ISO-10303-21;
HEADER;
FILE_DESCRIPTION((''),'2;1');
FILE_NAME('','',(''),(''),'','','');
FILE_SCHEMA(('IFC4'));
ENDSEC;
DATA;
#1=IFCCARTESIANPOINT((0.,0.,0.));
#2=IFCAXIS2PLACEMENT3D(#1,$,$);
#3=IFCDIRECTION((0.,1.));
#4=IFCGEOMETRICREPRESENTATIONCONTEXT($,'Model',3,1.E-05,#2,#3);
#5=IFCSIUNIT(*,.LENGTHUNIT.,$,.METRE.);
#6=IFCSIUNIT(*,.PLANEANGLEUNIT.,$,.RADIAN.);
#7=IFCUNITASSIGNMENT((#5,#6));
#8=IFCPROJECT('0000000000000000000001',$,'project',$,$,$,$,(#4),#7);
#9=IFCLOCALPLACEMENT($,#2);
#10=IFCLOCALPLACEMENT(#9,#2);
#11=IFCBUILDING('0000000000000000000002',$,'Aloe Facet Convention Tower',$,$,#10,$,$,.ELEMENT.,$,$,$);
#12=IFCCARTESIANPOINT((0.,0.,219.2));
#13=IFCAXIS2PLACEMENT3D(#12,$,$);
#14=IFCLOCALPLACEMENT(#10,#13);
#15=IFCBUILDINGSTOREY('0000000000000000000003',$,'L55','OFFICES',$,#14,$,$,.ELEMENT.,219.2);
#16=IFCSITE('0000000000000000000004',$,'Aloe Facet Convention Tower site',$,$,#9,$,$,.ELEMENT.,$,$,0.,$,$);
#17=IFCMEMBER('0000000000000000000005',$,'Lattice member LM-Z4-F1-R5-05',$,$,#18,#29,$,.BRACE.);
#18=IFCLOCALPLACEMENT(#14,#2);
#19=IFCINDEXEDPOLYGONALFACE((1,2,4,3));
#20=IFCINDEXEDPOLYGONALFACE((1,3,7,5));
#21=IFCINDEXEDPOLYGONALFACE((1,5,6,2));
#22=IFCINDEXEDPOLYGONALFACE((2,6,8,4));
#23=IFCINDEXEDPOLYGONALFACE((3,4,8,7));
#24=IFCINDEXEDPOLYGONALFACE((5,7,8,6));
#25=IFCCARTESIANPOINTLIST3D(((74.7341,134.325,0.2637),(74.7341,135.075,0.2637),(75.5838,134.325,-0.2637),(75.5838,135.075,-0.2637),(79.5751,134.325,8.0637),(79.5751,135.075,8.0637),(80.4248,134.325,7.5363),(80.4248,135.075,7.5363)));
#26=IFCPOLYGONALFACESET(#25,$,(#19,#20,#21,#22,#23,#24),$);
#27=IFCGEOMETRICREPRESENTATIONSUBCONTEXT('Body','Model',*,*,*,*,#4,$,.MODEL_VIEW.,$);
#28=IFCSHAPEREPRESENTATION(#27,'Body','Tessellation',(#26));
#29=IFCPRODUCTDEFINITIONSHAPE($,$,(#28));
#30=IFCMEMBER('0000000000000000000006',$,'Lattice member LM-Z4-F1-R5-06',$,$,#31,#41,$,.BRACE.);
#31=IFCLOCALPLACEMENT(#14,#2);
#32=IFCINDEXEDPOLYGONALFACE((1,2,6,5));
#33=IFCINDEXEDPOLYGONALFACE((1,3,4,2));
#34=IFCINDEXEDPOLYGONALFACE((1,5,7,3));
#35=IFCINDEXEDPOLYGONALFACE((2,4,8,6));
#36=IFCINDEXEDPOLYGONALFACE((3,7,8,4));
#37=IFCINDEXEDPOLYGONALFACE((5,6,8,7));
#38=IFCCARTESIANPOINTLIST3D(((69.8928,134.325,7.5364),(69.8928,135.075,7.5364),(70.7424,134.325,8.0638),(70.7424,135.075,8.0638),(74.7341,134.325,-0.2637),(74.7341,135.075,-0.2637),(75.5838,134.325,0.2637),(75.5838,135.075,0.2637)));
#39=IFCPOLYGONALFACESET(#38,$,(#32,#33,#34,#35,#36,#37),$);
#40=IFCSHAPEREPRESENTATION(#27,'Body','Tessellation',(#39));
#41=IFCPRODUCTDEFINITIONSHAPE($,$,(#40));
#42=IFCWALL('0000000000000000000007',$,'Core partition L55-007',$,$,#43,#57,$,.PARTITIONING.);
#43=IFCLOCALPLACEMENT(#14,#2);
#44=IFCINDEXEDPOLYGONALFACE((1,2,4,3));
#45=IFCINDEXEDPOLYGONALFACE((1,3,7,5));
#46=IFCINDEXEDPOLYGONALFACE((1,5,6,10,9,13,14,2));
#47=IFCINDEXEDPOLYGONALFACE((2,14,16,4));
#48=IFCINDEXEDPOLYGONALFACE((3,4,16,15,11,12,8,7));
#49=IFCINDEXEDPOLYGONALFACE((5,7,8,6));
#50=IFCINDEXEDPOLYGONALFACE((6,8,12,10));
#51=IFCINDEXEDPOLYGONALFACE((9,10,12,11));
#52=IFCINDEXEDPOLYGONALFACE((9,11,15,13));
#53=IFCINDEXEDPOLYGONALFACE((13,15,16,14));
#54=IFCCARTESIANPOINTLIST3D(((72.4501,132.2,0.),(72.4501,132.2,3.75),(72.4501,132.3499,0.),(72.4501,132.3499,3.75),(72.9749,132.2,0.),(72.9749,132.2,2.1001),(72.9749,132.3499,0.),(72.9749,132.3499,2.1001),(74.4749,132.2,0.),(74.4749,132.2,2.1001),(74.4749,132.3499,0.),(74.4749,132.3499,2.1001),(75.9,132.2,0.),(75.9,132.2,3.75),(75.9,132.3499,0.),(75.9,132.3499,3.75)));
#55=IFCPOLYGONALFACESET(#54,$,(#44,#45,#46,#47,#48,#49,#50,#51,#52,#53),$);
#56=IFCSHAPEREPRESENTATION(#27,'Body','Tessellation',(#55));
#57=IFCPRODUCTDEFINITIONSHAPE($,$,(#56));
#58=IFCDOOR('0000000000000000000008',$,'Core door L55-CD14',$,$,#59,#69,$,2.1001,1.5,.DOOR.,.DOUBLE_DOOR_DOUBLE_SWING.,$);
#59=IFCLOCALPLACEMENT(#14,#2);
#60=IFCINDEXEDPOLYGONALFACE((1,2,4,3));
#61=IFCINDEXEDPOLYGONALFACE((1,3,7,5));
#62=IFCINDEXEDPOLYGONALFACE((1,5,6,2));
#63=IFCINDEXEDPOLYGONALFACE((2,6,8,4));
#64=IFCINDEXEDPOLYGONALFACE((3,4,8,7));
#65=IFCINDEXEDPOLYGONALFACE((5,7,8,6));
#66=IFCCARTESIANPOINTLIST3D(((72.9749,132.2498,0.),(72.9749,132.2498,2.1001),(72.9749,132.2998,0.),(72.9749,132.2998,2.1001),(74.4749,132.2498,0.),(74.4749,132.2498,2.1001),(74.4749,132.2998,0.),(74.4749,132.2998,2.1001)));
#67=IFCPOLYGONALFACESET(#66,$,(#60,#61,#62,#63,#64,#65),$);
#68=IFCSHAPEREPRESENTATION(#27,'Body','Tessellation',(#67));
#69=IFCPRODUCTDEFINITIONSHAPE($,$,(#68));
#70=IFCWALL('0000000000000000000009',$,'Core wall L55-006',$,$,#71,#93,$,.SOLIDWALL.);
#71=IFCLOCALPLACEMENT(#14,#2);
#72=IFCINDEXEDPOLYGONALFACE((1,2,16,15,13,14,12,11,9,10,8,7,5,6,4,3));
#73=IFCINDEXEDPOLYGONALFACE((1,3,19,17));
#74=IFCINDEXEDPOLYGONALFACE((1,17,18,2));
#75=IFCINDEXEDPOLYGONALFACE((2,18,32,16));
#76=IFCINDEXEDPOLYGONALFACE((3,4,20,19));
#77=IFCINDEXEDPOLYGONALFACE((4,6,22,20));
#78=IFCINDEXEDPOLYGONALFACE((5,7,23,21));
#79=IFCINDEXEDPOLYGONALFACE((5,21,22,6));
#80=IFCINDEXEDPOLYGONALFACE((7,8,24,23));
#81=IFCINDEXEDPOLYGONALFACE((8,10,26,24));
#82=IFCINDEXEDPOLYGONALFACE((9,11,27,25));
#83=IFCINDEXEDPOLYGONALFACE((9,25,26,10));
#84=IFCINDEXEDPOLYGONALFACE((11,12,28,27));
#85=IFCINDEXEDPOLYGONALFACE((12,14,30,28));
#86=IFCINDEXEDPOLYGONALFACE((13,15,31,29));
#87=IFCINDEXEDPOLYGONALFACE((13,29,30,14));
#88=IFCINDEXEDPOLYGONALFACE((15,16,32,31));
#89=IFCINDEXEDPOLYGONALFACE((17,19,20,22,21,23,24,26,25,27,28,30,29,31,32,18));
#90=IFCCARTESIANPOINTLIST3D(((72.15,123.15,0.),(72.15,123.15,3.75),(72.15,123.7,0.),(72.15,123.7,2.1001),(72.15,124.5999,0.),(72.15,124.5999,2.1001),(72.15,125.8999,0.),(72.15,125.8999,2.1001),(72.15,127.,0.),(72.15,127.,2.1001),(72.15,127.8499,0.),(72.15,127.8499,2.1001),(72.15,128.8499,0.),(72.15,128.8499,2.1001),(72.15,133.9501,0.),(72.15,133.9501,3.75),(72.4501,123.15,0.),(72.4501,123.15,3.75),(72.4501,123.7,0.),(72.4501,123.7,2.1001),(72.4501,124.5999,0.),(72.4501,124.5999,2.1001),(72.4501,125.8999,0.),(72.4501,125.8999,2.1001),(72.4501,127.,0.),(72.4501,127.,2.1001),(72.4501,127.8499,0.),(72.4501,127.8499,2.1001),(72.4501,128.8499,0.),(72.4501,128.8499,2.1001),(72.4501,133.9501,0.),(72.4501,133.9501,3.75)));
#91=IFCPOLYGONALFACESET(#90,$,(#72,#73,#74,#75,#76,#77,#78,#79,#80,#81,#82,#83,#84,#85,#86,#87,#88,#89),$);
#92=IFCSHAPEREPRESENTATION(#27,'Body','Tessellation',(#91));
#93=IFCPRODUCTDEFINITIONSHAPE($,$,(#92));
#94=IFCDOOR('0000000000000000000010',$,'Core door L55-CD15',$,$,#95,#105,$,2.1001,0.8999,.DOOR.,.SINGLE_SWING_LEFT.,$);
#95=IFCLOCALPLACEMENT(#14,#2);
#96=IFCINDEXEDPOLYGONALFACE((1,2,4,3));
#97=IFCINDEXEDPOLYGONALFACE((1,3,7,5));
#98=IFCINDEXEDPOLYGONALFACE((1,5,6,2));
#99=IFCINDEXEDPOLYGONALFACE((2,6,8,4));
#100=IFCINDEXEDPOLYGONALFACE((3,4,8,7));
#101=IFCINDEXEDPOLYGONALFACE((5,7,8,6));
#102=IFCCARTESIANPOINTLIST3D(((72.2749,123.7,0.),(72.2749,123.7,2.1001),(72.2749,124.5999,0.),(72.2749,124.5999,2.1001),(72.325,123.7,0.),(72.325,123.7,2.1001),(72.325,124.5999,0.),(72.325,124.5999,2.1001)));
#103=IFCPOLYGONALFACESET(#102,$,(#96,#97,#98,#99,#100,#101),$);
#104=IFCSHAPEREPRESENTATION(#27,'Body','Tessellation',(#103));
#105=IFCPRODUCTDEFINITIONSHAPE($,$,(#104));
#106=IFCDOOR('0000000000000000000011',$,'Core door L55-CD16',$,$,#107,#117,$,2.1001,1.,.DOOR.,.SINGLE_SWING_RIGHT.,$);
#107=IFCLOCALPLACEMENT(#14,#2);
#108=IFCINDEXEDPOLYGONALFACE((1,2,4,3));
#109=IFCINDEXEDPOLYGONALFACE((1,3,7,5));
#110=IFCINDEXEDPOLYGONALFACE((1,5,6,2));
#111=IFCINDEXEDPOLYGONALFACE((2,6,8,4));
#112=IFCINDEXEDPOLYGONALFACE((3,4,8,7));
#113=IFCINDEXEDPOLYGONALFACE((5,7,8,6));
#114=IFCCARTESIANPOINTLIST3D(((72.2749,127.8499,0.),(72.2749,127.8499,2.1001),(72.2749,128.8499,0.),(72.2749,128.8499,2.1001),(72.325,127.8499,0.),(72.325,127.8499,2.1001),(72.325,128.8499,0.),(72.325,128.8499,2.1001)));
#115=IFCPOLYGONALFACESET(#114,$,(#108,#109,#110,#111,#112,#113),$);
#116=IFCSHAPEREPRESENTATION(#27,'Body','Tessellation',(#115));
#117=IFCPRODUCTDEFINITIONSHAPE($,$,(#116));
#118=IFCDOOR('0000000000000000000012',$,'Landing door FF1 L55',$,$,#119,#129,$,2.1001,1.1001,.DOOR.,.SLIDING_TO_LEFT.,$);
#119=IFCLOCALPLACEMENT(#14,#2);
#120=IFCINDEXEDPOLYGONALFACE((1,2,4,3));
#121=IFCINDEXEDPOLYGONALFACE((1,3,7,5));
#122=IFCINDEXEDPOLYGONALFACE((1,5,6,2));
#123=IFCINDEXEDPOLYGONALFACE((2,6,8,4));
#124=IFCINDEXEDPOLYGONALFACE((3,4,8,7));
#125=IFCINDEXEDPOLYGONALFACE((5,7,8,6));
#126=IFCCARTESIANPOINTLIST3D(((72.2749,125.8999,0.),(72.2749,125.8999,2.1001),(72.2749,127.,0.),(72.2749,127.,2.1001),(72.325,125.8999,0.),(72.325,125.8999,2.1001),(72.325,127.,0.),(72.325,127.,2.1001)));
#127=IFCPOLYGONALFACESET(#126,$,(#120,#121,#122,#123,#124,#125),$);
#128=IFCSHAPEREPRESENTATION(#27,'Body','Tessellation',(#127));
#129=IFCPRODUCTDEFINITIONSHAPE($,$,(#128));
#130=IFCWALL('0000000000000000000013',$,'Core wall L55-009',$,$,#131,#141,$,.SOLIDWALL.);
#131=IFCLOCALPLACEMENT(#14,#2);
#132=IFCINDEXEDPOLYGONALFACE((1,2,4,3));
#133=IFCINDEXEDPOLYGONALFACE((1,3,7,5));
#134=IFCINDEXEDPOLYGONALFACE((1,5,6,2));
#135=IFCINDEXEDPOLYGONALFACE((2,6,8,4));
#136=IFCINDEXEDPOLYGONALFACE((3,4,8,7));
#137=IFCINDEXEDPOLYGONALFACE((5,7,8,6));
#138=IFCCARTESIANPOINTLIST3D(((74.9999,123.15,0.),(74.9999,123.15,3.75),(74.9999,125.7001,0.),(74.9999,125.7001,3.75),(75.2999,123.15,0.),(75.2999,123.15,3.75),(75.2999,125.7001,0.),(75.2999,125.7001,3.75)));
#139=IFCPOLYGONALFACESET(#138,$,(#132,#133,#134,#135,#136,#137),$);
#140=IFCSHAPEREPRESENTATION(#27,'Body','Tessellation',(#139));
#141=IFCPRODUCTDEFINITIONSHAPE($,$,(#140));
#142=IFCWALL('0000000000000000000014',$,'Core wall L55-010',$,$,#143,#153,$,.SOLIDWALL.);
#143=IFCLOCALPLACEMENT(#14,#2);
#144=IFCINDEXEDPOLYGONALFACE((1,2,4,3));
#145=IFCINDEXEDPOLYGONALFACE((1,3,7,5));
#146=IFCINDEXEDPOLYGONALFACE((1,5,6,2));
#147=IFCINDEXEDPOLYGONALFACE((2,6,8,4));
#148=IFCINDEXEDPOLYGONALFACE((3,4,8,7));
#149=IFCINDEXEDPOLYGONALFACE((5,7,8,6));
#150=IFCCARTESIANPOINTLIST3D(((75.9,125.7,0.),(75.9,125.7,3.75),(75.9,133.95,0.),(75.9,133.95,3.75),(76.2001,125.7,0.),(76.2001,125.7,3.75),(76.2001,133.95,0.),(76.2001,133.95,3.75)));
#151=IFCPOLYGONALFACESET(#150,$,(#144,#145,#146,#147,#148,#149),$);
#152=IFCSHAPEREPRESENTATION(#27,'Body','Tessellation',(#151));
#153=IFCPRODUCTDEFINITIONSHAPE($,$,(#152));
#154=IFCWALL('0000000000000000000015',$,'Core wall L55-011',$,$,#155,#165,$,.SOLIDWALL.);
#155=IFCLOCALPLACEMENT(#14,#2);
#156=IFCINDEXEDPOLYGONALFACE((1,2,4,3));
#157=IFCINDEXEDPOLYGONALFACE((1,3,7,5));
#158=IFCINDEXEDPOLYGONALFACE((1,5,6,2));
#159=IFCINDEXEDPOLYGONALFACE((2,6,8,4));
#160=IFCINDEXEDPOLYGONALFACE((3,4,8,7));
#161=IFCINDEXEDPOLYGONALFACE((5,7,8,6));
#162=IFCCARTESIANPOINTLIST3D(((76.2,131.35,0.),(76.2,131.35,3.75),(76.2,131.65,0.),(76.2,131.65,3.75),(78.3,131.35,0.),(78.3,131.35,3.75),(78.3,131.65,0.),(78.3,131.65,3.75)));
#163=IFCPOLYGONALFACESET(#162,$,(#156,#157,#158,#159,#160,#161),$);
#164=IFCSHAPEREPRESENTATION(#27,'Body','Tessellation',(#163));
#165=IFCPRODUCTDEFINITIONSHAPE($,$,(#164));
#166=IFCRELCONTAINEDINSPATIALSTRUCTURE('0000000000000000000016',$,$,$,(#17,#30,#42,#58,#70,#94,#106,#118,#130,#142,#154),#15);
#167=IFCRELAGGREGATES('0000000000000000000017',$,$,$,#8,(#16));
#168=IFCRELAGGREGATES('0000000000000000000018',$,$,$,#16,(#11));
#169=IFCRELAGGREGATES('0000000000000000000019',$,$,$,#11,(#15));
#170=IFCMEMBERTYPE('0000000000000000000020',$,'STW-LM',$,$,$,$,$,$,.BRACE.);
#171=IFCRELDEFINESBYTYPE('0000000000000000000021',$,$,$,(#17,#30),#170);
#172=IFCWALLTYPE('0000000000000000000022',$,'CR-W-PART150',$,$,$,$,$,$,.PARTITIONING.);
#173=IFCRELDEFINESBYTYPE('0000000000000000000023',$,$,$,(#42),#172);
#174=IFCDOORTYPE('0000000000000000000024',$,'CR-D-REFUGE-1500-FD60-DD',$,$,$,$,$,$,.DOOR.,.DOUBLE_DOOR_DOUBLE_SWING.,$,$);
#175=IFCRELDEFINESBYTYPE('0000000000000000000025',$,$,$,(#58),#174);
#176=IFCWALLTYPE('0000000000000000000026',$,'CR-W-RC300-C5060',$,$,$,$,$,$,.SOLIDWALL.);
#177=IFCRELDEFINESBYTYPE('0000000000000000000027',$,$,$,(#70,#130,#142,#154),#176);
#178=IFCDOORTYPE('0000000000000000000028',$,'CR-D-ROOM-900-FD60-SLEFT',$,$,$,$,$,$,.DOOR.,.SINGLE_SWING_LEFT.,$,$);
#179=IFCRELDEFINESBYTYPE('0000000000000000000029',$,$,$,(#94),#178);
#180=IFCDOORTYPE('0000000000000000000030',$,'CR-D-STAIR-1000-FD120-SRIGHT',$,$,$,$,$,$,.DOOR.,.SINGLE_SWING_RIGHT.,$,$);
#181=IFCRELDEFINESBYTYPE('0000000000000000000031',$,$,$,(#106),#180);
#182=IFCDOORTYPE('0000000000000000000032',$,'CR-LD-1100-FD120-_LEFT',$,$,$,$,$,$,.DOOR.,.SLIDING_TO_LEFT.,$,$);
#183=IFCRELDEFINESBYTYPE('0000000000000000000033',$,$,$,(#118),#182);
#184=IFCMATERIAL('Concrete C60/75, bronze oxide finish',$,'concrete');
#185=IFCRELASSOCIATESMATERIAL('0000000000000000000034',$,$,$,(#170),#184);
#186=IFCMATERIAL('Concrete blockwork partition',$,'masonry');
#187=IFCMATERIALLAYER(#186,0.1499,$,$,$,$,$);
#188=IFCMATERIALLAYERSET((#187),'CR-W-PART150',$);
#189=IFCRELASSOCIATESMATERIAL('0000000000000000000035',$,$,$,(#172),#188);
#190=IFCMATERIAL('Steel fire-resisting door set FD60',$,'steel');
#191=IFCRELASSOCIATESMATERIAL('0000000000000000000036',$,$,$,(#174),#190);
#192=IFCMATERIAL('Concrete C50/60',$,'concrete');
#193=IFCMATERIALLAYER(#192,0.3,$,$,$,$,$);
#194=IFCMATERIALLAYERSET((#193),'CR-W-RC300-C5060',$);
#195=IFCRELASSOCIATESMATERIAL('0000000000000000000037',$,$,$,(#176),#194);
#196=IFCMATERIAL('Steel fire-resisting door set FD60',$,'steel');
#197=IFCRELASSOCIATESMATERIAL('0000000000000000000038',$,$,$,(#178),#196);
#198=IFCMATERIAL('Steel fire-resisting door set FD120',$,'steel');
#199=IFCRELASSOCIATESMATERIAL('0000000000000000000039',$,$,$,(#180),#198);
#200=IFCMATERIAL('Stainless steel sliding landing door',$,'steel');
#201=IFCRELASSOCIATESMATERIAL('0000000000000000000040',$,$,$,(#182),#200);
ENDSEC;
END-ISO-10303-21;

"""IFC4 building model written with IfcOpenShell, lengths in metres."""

from ifc_helpers import new_model, si_unit, direction, frame, frame_2d, origin, origin_2d, place, context, subcontext, project, spatial, rectangle, extrude, material, layer, layer_set, material_profile, profile_set, type_object, element, fill, save


model = new_model("IFC4")

# Units and contexts
model_context = context("Model", 3, precision=1e-05, world=origin(), true_north=direction((0.0, 1.0)))
body_context = subcontext(model_context, "Body", "Model", "MODEL_VIEW")
ifc_project = project(units=[si_unit("LENGTHUNIT", "METRE"), si_unit("PLANEANGLEUNIT", "RADIAN")], contexts=[model_context])

# Site, building, storey
site_placement = place(None, origin())
site = spatial("IfcSite", under=ifc_project, at=site_placement, Name="Aloe Facet Convention Tower site", CompositionType="ELEMENT", RefElevation=0.0)
building_placement = place(site_placement, origin())
building = spatial("IfcBuilding", under=site, at=building_placement, Name="Aloe Facet Convention Tower", CompositionType="ELEMENT")
storey_placement = place(building_placement, frame((0.0, 0.0, 219.2)))
storey = spatial("IfcBuildingStorey", under=building, at=storey_placement, Name="L55", Description="OFFICES", CompositionType="ELEMENT", Elevation=219.2)

# Members
ifc_material_1 = material(Name="Concrete C60/75, bronze oxide finish", Category="concrete")
ifc_material_profile_1 = material_profile(ifc_material_1, rectangle(XDim=0.75, YDim=1.0, at=origin_2d()), Name="STW-LM")
ifc_profile_set_1 = profile_set([ifc_material_profile_1], Name="Concrete C60/75, bronze oxide finish")
member_type = type_object("IfcMemberType", Name="STW-LM", PredefinedType="BRACE", material=ifc_profile_set_1)
member_1_placement = place(storey_placement, frame((75.1589, 134.7, 0.0), z_axis=(0.527336, 0.0, 0.849657), x_axis=(0.0, 1.0, 0.0)))
element("IfcMember", 1, at=member_1_placement, inside=storey, type_object=member_type, Name="Lattice member LM-Z4-F1-R5-05", PredefinedType="BRACE", context=body_context, shape_type="SweptSolid", body=[
    extrude(rectangle(XDim=0.75, YDim=1.0, at=origin_2d()), origin(), (0.0, 0.0, 1.0), 9.1802),
])
member_2_placement = place(storey_placement, frame((75.1589, 134.7, 0.0), z_axis=(-0.527355, 0.0, 0.849645), x_axis=(0.0, -1.0, 0.0)))
element("IfcMember", 2, at=member_2_placement, inside=storey, type_object=member_type, Name="Lattice member LM-Z4-F1-R5-06", PredefinedType="BRACE", context=body_context, shape_type="SweptSolid", body=[
    extrude(rectangle(XDim=0.75, YDim=1.0, at=origin_2d()), origin(), (0.0, 0.0, 1.0), 9.1804),
])

# Wall, opening, door
ifc_material_2 = material(Name="Concrete blockwork partition", Category="masonry")
ifc_layer_1 = layer(ifc_material_2, 0.1499)
ifc_layer_set_1 = layer_set([ifc_layer_1], Name="CR-W-PART150")
wall_type_1 = type_object("IfcWallType", Name="CR-W-PART150", PredefinedType="PARTITIONING", material=ifc_layer_set_1)
wall_1_placement = place(storey_placement, frame((72.45, 132.2749, 0.0), z_axis=(0.0, 0.0, 1.0), x_axis=(1.0, 0.0, 0.0)))
wall_1 = element("IfcWall", 3, at=wall_1_placement, inside=storey, type_object=wall_type_1, Name="Core partition L55-007", PredefinedType="PARTITIONING", context=body_context, shape_type="SweptSolid", body=[
    extrude(rectangle(XDim=3.45, YDim=0.1499, at=frame_2d((1.7251, 0.0))), origin(), (0.0, 0.0, 1.0), 3.75),
])
opening_1_placement = place(wall_1_placement, frame((0.5249, 0.0, 0.0)))
opening_1 = element("IfcOpeningElement", 4, at=opening_1_placement, cuts=wall_1, PredefinedType="OPENING", context=body_context, shape_type="SweptSolid", body=[
    extrude(rectangle(XDim=1.5, YDim=2.1001, at=frame_2d((0.75, 1.05))), frame((0.0, 0.085, 0.0), z_axis=(0.0, -1.0, 0.0), x_axis=(1.0, 0.0, 0.0)), (0.0, 0.0, 1.0), 0.1699),
])
ifc_material_3 = material(Name="Steel fire-resisting door set FD60", Category="steel")
door_type_1 = type_object("IfcDoorType", Name="CR-D-REFUGE-1500-FD60-DD", OperationType="DOUBLE_DOOR_DOUBLE_SWING", PredefinedType="DOOR", material=ifc_material_3)
door_1_placement = place(opening_1_placement, origin())
door_1 = element("IfcDoor", 5, at=door_1_placement, inside=storey, type_object=door_type_1, Name="Core door L55-CD14", OperationType="DOUBLE_DOOR_DOUBLE_SWING", OverallHeight=2.1001, OverallWidth=1.5, PredefinedType="DOOR", context=body_context, shape_type="SweptSolid", body=[
    extrude(rectangle(XDim=1.5, YDim=2.1001, at=frame_2d((0.75, 1.05))), frame((0.0, 0.0249, 0.0), z_axis=(0.0, -1.0, 0.0), x_axis=(1.0, 0.0, 0.0)), (0.0, 0.0, 1.0), 0.05),
])
fill(opening_1, door_1)

# Wall, openings, doors
ifc_material_4 = material(Name="Concrete C50/60", Category="concrete")
ifc_layer_2 = layer(ifc_material_4, 0.3)
ifc_layer_set_2 = layer_set([ifc_layer_2], Name="CR-W-RC300-C5060")
wall_type_2 = type_object("IfcWallType", Name="CR-W-RC300-C5060", PredefinedType="SOLIDWALL", material=ifc_layer_set_2)
wall_2_placement = place(storey_placement, frame((72.3, 133.95, 0.0), z_axis=(0.0, 0.0, 1.0), x_axis=(0.0, -1.0, 0.0)))
wall_2 = element("IfcWall", 6, at=wall_2_placement, inside=storey, type_object=wall_type_2, Name="Core wall L55-006", PredefinedType="SOLIDWALL", context=body_context, shape_type="SweptSolid", body=[
    extrude(rectangle(XDim=10.8, YDim=0.3, at=frame_2d((5.3999, 0.0))), origin(), (0.0, 0.0, 1.0), 3.75),
])
opening_2_placement = place(wall_2_placement, frame((6.95, 0.0, 0.0)))
opening_2 = element("IfcOpeningElement", 7, at=opening_2_placement, cuts=wall_2, PredefinedType="OPENING", context=body_context, shape_type="SweptSolid", body=[
    extrude(rectangle(XDim=1.1001, YDim=2.1001, at=frame_2d((0.55, 1.05))), frame((0.0, 0.1602, 0.0), z_axis=(0.0, -1.0, 0.0), x_axis=(1.0, 0.0, 0.0)), (0.0, 0.0, 1.0), 0.3201),
])
opening_3_placement = place(wall_2_placement, frame((9.3501, 0.0, 0.0)))
opening_3 = element("IfcOpeningElement", 8, at=opening_3_placement, cuts=wall_2, PredefinedType="OPENING", context=body_context, shape_type="SweptSolid", body=[
    extrude(rectangle(XDim=0.8999, YDim=2.1001, at=frame_2d((0.45, 1.05))), frame((0.0, 0.1602, 0.0), z_axis=(0.0, -1.0, 0.0), x_axis=(1.0, 0.0, 0.0)), (0.0, 0.0, 1.0), 0.3201),
])
opening_4_placement = place(wall_2_placement, frame((5.1001, 0.0, 0.0)))
opening_4 = element("IfcOpeningElement", 9, at=opening_4_placement, cuts=wall_2, PredefinedType="OPENING", context=body_context, shape_type="SweptSolid", body=[
    extrude(rectangle(XDim=1.0, YDim=2.1001, at=frame_2d((0.5, 1.05))), frame((0.0, 0.1602, 0.0), z_axis=(0.0, -1.0, 0.0), x_axis=(1.0, 0.0, 0.0)), (0.0, 0.0, 1.0), 0.3201),
])
ifc_material_5 = material(Name="Steel fire-resisting door set FD60", Category="steel")
door_type_2 = type_object("IfcDoorType", Name="CR-D-ROOM-900-FD60-SLEFT", OperationType="SINGLE_SWING_LEFT", PredefinedType="DOOR", material=ifc_material_5)
door_2_placement = place(opening_3_placement, origin())
door_2 = element("IfcDoor", 10, at=door_2_placement, inside=storey, type_object=door_type_2, Name="Core door L55-CD15", OperationType="SINGLE_SWING_LEFT", OverallHeight=2.1001, OverallWidth=0.8999, PredefinedType="DOOR", context=body_context, shape_type="SweptSolid", body=[
    extrude(rectangle(XDim=0.8999, YDim=2.1001, at=frame_2d((0.45, 1.05))), frame((0.0, 0.0249, 0.0), z_axis=(0.0, -1.0, 0.0), x_axis=(1.0, 0.0, 0.0)), (0.0, 0.0, 1.0), 0.05),
])
fill(opening_3, door_2)
ifc_material_6 = material(Name="Steel fire-resisting door set FD120", Category="steel")
door_type_3 = type_object("IfcDoorType", Name="CR-D-STAIR-1000-FD120-SRIGHT", OperationType="SINGLE_SWING_RIGHT", PredefinedType="DOOR", material=ifc_material_6)
door_3_placement = place(opening_4_placement, origin())
door_3 = element("IfcDoor", 11, at=door_3_placement, inside=storey, type_object=door_type_3, Name="Core door L55-CD16", OperationType="SINGLE_SWING_RIGHT", OverallHeight=2.1001, OverallWidth=1.0, PredefinedType="DOOR", context=body_context, shape_type="SweptSolid", body=[
    extrude(rectangle(XDim=1.0, YDim=2.1001, at=frame_2d((0.5, 1.05))), frame((0.0, 0.0249, 0.0), z_axis=(0.0, -1.0, 0.0), x_axis=(1.0, 0.0, 0.0)), (0.0, 0.0, 1.0), 0.05),
])
fill(opening_4, door_3)
ifc_material_7 = material(Name="Stainless steel sliding landing door", Category="steel")
door_type_4 = type_object("IfcDoorType", Name="CR-LD-1100-FD120-_LEFT", OperationType="SLIDING_TO_LEFT", PredefinedType="DOOR", material=ifc_material_7)
door_4_placement = place(opening_2_placement, origin())
door_4 = element("IfcDoor", 12, at=door_4_placement, inside=storey, type_object=door_type_4, Name="Landing door FF1 L55", OperationType="SLIDING_TO_LEFT", OverallHeight=2.1001, OverallWidth=1.1001, PredefinedType="DOOR", context=body_context, shape_type="SweptSolid", body=[
    extrude(rectangle(XDim=1.1001, YDim=2.1001, at=frame_2d((0.55, 1.05))), frame((0.0, 0.0249, 0.0), z_axis=(0.0, -1.0, 0.0), x_axis=(1.0, 0.0, 0.0)), (0.0, 0.0, 1.0), 0.05),
])
fill(opening_2, door_4)

# Walls
wall_3_placement = place(storey_placement, frame((75.1499, 125.7, 0.0), z_axis=(0.0, 0.0, 1.0), x_axis=(0.0, -1.0, 0.0)))
element("IfcWall", 13, at=wall_3_placement, inside=storey, type_object=wall_type_2, Name="Core wall L55-009", PredefinedType="SOLIDWALL", context=body_context, shape_type="SweptSolid", body=[
    extrude(rectangle(XDim=2.55, YDim=0.3, at=frame_2d((1.2749, 0.0))), origin(), (0.0, 0.0, 1.0), 3.75),
])
wall_4_placement = place(storey_placement, frame((76.05, 133.95, 0.0), z_axis=(0.0, 0.0, 1.0), x_axis=(0.0, -1.0, 0.0)))
element("IfcWall", 14, at=wall_4_placement, inside=storey, type_object=wall_type_2, Name="Core wall L55-010", PredefinedType="SOLIDWALL", context=body_context, shape_type="SweptSolid", body=[
    extrude(rectangle(XDim=8.25, YDim=0.3, at=frame_2d((4.125, 0.0))), origin(), (0.0, 0.0, 1.0), 3.75),
])
for number, where, z_axis, x_axis, name in (
    (15, (76.2, 131.5, 0.0), (0.0, 0.0, 1.0), (1.0, 0.0, 0.0), "Core wall L55-011"),
):
    element("IfcWall", number, at=place(storey_placement, frame(where, z_axis=z_axis, x_axis=x_axis)), inside=storey, type_object=wall_type_2, Name=name, PredefinedType="SOLIDWALL", context=body_context, shape_type="SweptSolid", body=[
        extrude(rectangle(XDim=2.1001, YDim=0.3, at=frame_2d((1.05, 0.0))), origin(), (0.0, 0.0, 1.0), 3.75),
    ])

save(model, "model.ifc")
